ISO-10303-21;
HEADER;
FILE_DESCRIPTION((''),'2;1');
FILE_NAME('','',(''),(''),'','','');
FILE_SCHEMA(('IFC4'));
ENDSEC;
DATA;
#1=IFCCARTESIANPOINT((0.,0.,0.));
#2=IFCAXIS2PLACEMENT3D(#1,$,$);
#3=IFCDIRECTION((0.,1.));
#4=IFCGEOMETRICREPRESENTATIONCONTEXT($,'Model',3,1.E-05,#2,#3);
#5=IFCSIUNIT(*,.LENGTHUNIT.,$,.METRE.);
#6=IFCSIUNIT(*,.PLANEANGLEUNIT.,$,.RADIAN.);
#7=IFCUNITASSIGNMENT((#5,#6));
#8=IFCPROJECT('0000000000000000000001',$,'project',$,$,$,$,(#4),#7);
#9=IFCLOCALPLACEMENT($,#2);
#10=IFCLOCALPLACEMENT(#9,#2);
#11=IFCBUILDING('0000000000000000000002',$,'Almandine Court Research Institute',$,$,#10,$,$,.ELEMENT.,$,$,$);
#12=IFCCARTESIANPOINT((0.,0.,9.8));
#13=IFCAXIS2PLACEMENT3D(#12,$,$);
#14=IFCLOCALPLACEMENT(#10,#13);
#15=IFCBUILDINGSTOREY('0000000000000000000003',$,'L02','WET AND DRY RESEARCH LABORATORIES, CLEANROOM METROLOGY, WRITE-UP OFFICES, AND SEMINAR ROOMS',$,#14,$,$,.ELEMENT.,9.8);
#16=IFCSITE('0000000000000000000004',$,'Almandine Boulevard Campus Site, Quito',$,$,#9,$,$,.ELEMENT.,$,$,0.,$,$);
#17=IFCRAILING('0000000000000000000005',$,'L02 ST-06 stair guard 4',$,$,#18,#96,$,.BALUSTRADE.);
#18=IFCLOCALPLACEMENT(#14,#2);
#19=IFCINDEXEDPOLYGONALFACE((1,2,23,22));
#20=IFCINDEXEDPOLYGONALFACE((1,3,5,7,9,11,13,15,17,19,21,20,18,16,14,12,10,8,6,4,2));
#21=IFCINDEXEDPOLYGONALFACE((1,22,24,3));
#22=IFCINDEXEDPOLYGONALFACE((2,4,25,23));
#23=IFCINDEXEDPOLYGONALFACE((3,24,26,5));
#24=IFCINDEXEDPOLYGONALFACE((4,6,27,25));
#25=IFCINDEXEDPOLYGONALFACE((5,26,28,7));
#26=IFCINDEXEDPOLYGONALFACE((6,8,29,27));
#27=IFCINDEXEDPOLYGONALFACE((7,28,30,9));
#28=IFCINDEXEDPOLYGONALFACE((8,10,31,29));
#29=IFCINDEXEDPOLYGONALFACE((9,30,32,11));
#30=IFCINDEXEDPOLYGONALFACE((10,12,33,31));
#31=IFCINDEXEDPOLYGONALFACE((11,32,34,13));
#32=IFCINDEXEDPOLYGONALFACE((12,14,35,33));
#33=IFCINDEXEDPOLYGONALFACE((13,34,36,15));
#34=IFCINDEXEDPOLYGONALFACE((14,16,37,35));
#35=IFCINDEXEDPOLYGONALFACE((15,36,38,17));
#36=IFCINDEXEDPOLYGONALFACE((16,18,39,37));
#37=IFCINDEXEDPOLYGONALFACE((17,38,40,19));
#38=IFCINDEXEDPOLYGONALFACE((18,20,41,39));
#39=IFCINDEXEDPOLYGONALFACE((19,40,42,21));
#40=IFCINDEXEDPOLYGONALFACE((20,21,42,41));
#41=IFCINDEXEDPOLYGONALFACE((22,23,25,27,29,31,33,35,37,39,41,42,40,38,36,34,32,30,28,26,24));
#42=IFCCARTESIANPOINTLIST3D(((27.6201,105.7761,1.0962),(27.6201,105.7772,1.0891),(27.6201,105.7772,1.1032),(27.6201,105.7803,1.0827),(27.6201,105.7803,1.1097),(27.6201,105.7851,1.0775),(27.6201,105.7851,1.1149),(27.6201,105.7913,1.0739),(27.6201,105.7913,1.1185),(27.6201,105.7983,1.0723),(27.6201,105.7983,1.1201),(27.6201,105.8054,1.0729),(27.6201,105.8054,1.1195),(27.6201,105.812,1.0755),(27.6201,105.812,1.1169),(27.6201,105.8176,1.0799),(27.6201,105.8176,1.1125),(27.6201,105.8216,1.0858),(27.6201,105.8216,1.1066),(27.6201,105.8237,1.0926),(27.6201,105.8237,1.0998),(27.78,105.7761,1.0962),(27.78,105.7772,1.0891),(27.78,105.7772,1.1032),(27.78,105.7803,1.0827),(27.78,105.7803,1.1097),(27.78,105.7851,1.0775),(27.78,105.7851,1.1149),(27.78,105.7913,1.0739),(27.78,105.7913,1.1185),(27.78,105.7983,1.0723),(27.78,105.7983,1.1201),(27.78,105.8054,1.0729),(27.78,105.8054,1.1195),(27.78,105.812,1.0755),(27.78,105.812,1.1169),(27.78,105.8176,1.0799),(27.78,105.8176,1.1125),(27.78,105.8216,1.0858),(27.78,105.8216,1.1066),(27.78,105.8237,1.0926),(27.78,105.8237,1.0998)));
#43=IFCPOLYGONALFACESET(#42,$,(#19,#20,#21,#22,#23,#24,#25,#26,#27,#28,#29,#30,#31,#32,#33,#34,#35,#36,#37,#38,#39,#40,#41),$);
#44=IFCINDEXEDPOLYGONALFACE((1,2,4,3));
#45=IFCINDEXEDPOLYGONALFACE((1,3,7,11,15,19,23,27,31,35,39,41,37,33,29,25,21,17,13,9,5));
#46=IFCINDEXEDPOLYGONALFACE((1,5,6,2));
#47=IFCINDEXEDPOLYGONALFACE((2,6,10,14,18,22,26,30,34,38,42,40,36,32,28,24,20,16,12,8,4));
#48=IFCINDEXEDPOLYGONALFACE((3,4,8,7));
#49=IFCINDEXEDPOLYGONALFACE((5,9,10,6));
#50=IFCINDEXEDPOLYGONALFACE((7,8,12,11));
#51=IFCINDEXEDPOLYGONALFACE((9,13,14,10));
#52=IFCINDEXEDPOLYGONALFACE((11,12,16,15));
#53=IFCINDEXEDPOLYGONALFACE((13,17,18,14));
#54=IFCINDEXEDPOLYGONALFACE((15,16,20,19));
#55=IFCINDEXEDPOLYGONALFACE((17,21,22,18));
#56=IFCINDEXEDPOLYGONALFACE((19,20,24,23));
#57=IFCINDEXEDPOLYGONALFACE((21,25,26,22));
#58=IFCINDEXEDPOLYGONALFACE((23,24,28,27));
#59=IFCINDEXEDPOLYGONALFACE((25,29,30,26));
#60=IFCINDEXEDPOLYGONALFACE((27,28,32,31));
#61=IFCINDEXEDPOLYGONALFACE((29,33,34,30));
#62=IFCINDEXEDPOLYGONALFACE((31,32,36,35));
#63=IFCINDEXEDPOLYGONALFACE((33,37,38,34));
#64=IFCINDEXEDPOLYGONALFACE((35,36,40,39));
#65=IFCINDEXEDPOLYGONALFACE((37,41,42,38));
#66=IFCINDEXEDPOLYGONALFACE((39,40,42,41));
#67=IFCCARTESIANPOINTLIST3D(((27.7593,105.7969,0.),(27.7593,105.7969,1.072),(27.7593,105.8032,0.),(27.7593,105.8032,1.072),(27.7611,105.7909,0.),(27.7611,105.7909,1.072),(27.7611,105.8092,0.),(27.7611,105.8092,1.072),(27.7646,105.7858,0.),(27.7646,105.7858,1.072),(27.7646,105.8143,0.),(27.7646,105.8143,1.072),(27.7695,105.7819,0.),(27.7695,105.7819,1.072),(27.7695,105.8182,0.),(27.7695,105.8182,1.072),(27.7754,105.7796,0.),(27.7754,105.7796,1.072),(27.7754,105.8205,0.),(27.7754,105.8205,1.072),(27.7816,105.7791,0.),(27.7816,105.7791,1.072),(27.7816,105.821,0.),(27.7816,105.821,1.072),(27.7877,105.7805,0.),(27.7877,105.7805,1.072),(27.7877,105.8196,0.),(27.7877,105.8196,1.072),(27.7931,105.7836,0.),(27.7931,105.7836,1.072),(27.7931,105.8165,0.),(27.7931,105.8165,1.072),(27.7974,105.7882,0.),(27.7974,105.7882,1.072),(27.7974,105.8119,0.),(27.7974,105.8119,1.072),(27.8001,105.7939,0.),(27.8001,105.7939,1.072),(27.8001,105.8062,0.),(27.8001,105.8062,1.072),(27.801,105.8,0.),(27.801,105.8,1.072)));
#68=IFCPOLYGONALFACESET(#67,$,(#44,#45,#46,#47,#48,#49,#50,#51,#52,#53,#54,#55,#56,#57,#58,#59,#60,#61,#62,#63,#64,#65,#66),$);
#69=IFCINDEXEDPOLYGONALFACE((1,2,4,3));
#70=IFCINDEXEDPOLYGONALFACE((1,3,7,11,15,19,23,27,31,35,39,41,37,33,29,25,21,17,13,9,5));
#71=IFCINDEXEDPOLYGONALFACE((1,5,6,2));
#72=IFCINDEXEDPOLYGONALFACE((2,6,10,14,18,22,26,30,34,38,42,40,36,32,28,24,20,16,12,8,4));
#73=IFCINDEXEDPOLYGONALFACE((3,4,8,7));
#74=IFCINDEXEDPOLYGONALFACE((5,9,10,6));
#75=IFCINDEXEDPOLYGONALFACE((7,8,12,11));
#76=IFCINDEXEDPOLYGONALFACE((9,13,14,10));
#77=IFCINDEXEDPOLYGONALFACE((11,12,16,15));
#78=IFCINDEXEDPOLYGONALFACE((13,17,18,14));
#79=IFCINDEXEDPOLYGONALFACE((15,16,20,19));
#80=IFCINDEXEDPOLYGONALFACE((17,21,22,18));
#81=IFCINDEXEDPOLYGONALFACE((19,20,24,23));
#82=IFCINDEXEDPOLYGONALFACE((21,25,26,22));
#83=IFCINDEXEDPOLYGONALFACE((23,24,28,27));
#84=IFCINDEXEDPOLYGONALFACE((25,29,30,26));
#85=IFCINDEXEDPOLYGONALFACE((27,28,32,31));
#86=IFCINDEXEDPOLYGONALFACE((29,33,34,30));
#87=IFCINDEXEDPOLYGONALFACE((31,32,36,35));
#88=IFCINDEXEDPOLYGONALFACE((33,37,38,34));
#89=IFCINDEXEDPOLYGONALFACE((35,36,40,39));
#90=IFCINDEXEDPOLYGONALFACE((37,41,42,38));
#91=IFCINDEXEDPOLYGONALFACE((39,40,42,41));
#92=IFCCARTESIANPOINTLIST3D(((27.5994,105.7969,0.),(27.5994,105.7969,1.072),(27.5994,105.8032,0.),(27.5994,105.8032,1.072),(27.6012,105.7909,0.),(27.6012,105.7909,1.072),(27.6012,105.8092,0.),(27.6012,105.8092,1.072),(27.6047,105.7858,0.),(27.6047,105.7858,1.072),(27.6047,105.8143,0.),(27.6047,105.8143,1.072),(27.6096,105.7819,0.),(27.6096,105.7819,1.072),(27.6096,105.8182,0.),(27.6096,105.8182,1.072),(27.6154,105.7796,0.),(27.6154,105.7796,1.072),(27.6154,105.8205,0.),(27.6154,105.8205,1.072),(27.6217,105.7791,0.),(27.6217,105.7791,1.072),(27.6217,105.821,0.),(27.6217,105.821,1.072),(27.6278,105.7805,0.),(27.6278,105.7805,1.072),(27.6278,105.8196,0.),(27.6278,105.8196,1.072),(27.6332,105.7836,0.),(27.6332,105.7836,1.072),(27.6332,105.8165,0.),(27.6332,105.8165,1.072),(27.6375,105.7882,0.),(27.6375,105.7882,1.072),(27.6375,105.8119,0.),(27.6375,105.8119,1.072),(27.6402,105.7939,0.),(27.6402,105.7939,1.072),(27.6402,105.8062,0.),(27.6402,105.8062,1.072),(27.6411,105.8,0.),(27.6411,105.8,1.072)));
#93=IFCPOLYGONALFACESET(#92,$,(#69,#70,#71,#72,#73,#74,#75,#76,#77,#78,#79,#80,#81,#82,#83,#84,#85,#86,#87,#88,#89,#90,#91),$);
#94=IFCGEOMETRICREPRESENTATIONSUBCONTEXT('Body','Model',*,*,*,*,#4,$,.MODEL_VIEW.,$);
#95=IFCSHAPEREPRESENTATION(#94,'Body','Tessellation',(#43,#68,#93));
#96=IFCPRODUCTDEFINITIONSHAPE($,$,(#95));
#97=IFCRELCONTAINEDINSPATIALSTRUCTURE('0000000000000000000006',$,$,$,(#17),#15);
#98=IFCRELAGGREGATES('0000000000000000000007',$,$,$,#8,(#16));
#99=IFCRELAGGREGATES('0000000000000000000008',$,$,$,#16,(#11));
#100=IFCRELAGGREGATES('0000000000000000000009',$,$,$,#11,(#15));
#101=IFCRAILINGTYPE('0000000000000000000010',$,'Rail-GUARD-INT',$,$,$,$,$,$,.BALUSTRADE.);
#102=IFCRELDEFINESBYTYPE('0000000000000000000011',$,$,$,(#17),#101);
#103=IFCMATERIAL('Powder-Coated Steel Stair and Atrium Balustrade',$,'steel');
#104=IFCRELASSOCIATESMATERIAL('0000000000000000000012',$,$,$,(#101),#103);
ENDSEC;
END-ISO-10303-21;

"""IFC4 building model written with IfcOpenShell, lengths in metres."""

from ifc_helpers import new_model, si_unit, direction, frame, origin, origin_2d, place, context, subcontext, project, spatial, circle, extrude, material, type_object, element, save


model = new_model("IFC4")

# Units and contexts
model_context = context("Model", 3, precision=1e-05, world=origin(), true_north=direction((0.0, 1.0)))
body_context = subcontext(model_context, "Body", "Model", "MODEL_VIEW")
ifc_project = project(units=[si_unit("LENGTHUNIT", "METRE"), si_unit("PLANEANGLEUNIT", "RADIAN")], contexts=[model_context])

# Site, building, storey
site_placement = place(None, origin())
site = spatial("IfcSite", under=ifc_project, at=site_placement, Name="Almandine Boulevard Campus Site, Quito", CompositionType="ELEMENT", RefElevation=0.0)
building_placement = place(site_placement, origin())
building = spatial("IfcBuilding", under=site, at=building_placement, Name="Almandine Court Research Institute", CompositionType="ELEMENT")
storey_placement = place(building_placement, frame((0.0, 0.0, 9.8)))
storey = spatial("IfcBuildingStorey", under=building, at=storey_placement, Name="L02", Description="WET AND DRY RESEARCH LABORATORIES, CLEANROOM METROLOGY, WRITE-UP OFFICES, AND SEMINAR ROOMS", CompositionType="ELEMENT", Elevation=9.8)

# Railing
ifc_material_1 = material(Name="Powder-Coated Steel Stair and Atrium Balustrade", Category="steel")
railing_type_1 = type_object("IfcRailingType", Name="Rail-GUARD-INT", PredefinedType="BALUSTRADE", material=ifc_material_1)
railing_1_placement = place(storey_placement, frame((27.78, 105.8, 0.0)))
element("IfcRailing", 1, at=railing_1_placement, inside=storey, type_object=railing_type_1, Name="L02 ST-06 stair guard 4", PredefinedType="BALUSTRADE", context=body_context, shape_type="SweptSolid", body=[
    extrude(circle(Radius=0.0239, at=origin_2d()), frame((0.0, 0.0, 1.0962), z_axis=(-1.0, 0.0, 0.0), x_axis=(0.0, -1.0, 0.0)), (0.0, 0.0, 1.0), 0.1599),
    extrude(circle(Radius=0.021, at=origin_2d()), origin(), (0.0, 0.0, 1.0), 1.072),
    extrude(circle(Radius=0.021, at=origin_2d()), frame((-0.1599, 0.0, 0.0)), (0.0, 0.0, 1.0), 1.072),
])

save(model, "model.ifc")
